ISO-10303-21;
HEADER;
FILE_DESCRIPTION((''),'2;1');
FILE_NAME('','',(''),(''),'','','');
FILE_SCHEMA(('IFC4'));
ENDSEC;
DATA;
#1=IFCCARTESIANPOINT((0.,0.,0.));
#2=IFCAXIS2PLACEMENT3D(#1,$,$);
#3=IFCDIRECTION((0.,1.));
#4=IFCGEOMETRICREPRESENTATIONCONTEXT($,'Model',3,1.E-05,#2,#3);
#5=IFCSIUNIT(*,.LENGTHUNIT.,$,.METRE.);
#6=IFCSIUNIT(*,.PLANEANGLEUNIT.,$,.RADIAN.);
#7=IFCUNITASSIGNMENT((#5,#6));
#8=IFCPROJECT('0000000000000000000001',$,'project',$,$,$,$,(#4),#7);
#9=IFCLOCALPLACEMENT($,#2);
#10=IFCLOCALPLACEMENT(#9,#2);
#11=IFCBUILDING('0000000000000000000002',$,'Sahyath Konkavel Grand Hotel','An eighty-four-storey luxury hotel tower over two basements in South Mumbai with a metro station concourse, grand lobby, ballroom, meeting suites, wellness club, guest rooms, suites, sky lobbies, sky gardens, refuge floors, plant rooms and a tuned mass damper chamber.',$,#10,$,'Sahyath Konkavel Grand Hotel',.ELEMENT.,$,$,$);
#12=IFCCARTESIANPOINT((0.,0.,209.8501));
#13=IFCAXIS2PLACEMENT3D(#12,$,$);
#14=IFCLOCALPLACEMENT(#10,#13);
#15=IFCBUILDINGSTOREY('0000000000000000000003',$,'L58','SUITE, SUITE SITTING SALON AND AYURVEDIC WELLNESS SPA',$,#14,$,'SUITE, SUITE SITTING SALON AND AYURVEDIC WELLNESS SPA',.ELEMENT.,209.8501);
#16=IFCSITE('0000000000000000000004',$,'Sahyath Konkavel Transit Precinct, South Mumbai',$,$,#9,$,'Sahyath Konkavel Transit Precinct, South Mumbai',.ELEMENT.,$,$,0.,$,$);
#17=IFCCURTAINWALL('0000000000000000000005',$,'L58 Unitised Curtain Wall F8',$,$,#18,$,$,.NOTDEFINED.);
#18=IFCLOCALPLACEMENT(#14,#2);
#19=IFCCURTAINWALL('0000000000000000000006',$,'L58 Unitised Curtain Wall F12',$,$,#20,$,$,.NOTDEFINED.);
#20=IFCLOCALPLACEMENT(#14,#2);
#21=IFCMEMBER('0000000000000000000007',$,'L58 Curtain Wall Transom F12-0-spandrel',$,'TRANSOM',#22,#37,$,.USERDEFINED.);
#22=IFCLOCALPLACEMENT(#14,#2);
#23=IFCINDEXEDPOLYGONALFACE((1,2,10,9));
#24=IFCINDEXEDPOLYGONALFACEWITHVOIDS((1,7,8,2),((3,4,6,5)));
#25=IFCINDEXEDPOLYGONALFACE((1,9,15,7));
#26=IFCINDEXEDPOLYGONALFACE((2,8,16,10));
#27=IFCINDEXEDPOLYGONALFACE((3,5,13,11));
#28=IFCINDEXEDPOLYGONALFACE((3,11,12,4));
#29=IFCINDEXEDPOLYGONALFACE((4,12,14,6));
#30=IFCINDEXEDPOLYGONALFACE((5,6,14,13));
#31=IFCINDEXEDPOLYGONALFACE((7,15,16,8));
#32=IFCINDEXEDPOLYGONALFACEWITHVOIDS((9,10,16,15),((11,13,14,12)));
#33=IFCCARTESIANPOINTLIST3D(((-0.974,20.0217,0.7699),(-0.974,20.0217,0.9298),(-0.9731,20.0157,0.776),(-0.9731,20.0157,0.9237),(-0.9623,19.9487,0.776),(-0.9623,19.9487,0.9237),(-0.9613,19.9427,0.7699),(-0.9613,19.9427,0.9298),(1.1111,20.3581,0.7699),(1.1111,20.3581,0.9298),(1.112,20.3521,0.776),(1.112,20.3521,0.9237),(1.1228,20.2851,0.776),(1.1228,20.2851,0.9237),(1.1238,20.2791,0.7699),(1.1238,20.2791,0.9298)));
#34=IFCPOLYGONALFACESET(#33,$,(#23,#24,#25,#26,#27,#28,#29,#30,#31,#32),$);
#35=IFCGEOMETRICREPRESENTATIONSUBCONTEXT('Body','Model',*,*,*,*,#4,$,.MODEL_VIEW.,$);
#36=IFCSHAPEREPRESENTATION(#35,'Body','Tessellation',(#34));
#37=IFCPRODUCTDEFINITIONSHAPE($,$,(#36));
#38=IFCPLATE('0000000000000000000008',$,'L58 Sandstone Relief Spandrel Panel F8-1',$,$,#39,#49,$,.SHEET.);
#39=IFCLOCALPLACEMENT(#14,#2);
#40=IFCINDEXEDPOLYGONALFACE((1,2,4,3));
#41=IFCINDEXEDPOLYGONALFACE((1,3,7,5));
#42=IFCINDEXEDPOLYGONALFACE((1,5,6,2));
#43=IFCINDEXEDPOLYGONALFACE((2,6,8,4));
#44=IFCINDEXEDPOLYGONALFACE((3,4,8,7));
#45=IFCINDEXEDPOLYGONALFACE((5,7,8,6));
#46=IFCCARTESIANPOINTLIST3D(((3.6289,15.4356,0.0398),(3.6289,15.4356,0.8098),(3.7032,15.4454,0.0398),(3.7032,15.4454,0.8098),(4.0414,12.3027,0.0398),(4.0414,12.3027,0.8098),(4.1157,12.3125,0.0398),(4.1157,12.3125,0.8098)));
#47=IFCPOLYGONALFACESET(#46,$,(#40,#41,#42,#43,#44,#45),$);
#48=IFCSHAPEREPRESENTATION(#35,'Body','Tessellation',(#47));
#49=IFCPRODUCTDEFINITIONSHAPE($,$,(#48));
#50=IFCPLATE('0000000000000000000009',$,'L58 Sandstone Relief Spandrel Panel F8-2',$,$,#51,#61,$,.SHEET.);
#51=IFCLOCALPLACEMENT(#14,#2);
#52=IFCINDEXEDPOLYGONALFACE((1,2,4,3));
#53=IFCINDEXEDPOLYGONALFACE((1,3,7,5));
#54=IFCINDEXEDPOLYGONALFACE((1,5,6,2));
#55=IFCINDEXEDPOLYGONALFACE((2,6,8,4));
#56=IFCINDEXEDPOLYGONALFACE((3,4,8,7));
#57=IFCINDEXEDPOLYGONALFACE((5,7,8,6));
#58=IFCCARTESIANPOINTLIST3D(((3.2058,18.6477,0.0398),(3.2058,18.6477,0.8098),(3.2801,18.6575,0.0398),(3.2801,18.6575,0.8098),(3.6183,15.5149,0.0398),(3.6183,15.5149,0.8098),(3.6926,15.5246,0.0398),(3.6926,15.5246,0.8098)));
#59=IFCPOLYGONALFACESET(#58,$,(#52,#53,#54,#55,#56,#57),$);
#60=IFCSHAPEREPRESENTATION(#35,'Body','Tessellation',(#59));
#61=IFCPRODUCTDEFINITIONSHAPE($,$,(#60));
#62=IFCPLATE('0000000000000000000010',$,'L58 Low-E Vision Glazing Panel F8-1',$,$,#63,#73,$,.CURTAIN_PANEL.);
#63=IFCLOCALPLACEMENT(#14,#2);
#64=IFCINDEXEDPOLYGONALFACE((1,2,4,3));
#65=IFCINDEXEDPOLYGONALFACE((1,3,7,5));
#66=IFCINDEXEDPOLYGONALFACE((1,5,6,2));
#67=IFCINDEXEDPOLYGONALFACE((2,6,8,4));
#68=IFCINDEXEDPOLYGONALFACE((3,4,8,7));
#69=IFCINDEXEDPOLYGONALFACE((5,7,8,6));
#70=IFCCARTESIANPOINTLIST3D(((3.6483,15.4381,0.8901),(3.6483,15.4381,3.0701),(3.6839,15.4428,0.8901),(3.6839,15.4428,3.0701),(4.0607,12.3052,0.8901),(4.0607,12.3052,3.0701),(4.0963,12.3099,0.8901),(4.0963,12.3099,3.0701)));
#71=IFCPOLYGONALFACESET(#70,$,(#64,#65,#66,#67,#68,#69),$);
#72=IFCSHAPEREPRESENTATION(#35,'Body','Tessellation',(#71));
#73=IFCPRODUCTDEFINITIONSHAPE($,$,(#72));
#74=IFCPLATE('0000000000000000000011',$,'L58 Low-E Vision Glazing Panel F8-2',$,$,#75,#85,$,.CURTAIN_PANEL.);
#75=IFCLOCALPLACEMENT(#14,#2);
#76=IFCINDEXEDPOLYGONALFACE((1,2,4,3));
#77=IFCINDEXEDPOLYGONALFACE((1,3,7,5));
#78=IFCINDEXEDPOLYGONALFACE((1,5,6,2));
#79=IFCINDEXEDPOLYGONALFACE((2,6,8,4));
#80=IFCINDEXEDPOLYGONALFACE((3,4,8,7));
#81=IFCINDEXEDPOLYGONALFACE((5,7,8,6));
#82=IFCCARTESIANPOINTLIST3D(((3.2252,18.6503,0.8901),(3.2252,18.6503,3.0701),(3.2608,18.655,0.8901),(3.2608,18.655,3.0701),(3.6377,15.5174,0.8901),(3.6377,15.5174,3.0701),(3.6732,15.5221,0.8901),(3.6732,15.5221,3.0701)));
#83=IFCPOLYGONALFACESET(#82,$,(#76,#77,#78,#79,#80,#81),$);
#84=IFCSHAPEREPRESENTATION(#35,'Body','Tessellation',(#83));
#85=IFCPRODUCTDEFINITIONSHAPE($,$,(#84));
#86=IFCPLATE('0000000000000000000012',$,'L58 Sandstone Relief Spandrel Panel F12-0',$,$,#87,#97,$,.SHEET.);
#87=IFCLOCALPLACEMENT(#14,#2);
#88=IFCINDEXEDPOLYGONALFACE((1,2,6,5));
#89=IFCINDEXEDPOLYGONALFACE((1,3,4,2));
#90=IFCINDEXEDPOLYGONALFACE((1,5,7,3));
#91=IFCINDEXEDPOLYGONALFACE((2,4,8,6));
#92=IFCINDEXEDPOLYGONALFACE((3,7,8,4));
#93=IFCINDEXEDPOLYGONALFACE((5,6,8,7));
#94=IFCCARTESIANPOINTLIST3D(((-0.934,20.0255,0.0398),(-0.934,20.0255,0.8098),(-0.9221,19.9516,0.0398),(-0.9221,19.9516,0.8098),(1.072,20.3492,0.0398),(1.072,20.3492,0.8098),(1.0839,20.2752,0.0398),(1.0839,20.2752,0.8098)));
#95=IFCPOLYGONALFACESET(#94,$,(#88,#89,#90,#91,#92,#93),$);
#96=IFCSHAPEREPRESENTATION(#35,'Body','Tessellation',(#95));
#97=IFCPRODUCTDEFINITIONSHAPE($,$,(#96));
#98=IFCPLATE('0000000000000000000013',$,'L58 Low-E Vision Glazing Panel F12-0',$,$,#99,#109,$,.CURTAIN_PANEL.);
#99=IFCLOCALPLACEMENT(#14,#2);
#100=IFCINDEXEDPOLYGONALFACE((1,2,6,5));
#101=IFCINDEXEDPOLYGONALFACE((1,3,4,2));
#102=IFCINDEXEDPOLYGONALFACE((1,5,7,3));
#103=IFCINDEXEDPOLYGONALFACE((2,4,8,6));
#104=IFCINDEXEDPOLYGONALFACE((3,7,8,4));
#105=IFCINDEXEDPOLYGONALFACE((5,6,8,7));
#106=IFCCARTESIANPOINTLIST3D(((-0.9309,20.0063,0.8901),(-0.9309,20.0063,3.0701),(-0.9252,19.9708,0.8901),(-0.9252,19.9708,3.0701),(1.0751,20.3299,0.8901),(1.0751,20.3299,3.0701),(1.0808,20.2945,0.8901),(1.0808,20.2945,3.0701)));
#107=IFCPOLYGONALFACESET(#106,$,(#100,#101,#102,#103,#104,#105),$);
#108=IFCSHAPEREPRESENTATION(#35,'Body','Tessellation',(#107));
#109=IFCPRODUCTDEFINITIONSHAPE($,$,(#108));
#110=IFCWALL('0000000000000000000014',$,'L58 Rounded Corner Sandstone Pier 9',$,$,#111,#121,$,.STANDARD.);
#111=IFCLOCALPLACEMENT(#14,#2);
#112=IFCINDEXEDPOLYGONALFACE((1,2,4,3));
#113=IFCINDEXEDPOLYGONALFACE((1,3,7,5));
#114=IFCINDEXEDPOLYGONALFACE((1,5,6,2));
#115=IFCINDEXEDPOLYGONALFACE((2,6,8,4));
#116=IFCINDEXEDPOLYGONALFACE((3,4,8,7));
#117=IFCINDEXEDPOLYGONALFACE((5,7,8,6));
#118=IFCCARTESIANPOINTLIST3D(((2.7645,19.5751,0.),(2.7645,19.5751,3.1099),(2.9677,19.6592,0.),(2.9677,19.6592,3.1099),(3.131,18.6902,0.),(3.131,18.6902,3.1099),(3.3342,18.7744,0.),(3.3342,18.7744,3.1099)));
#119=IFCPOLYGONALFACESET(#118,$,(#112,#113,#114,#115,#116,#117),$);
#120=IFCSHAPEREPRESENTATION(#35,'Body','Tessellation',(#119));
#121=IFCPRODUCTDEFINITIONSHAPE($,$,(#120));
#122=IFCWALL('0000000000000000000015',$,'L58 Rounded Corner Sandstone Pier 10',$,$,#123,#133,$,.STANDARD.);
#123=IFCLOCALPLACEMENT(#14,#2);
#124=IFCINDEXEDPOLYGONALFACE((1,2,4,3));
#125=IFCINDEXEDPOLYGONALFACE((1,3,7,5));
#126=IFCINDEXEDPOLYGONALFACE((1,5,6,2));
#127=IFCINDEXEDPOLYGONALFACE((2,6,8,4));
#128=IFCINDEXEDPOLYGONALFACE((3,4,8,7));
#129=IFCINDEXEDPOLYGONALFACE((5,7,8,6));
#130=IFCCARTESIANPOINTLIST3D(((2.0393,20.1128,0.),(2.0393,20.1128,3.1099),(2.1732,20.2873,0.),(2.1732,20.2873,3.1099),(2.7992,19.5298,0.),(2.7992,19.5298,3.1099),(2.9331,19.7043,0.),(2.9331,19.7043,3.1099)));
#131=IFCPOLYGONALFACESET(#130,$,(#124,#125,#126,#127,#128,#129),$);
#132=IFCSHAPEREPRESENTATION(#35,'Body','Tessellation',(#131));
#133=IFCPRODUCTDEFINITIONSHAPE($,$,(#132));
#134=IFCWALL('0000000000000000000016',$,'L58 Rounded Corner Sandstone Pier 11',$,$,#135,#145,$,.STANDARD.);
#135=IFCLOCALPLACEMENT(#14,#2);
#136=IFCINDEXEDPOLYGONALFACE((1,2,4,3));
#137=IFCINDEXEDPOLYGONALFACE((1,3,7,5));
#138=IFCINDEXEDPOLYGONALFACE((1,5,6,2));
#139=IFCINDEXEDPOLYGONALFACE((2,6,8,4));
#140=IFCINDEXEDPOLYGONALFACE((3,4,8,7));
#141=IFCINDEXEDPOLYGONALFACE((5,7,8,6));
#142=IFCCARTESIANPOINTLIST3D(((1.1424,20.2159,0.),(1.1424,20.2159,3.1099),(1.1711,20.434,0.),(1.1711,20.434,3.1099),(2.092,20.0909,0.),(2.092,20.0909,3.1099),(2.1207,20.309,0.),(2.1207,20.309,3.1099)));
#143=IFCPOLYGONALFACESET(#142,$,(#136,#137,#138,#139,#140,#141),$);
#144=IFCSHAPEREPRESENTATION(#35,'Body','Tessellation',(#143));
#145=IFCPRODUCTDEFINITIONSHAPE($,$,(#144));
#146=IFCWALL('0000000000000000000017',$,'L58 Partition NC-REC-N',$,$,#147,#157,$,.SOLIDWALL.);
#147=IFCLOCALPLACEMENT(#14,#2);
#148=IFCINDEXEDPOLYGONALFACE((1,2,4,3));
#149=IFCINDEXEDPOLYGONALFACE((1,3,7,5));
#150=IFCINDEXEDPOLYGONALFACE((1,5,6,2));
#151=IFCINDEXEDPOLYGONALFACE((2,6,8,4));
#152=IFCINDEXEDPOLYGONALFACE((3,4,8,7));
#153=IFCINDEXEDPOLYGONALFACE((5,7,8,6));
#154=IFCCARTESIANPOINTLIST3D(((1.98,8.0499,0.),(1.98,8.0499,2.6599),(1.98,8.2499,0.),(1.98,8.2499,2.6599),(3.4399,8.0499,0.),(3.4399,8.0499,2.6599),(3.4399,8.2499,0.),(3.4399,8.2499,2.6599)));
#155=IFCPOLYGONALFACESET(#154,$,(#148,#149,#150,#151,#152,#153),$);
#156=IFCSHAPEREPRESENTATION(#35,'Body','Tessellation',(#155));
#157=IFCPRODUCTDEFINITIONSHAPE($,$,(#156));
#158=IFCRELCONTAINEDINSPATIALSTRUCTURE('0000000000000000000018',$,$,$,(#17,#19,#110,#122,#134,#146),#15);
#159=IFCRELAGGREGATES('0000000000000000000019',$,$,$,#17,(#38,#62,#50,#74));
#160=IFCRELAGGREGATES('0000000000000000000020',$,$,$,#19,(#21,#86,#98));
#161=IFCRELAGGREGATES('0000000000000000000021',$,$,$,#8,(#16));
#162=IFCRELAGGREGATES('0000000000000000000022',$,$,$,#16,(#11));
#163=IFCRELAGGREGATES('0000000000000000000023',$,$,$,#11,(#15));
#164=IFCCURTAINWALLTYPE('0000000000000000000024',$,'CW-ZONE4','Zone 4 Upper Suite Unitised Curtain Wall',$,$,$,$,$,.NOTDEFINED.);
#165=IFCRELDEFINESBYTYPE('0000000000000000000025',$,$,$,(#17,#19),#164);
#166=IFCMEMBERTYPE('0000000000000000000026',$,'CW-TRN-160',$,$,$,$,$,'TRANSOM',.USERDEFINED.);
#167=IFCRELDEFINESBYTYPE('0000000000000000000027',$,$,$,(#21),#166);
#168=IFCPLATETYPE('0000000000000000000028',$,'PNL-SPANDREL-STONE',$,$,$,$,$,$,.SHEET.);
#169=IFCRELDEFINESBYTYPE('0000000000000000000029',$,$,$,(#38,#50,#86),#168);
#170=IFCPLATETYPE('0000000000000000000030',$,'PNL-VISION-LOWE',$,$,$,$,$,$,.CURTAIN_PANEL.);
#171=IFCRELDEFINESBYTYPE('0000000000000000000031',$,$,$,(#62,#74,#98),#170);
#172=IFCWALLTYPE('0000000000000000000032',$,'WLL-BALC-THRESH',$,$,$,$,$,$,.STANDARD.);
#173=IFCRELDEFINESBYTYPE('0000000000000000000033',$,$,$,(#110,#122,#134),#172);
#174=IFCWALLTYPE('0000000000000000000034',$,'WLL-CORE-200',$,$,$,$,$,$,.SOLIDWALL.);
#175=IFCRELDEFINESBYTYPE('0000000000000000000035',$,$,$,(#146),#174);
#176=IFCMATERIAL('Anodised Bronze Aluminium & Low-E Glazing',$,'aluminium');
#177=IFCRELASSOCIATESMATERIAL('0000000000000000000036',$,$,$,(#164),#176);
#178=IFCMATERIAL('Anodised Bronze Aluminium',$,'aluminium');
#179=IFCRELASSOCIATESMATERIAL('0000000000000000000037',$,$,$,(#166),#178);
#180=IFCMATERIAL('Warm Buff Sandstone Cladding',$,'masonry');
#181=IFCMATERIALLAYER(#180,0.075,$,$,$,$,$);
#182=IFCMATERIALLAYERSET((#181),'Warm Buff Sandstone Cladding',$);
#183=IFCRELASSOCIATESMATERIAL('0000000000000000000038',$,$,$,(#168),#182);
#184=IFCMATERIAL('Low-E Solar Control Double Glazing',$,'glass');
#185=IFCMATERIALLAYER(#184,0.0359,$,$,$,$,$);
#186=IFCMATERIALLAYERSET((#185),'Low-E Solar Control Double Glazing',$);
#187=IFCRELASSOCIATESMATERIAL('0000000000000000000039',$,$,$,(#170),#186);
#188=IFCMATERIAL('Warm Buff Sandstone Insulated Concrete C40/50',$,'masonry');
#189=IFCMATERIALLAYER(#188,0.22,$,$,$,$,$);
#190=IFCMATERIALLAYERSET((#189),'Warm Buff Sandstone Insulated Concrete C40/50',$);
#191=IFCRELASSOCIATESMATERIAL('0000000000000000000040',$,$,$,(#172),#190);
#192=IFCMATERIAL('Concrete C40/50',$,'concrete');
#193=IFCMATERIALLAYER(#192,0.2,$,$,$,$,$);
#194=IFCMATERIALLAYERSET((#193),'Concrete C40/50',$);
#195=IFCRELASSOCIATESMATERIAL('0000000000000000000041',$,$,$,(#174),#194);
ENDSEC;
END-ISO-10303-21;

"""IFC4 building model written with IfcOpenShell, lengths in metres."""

from ifc_helpers import new_model, si_unit, direction, frame, frame_2d, origin, origin_2d, place, context, subcontext, project, spatial, rectangle, hollow_rectangle, extrude, source, transform, mapped, material, layer, layer_set, material_profile, profile_set, type_object, element, aggregate, save


model = new_model("IFC4")

# Units and contexts
model_context = context("Model", 3, precision=1e-05, world=origin(), true_north=direction((0.0, 1.0)))
body_context = subcontext(model_context, "Body", "Model", "MODEL_VIEW")
ifc_project = project(units=[si_unit("LENGTHUNIT", "METRE"), si_unit("PLANEANGLEUNIT", "RADIAN")], contexts=[model_context])

# Site, building, storey
site_placement = place(None, origin())
site = spatial("IfcSite", under=ifc_project, at=site_placement, Name="Sahyath Konkavel Transit Precinct, South Mumbai", LongName="Sahyath Konkavel Transit Precinct, South Mumbai", CompositionType="ELEMENT", RefElevation=0.0)
building_placement = place(site_placement, origin())
building = spatial("IfcBuilding", under=site, at=building_placement, Name="Sahyath Konkavel Grand Hotel", Description="An eighty-four-storey luxury hotel tower over two basements in South Mumbai with a metro station concourse, grand lobby, ballroom, meeting suites, wellness club, guest rooms, suites, sky lobbies, sky gardens, refuge floors, plant rooms and a tuned mass damper chamber.", LongName="Sahyath Konkavel Grand Hotel", CompositionType="ELEMENT")
storey_placement = place(building_placement, frame((0.0, 0.0, 209.8501)))
storey = spatial("IfcBuildingStorey", under=building, at=storey_placement, Name="L58", Description="SUITE, SUITE SITTING SALON AND AYURVEDIC WELLNESS SPA", LongName="SUITE, SUITE SITTING SALON AND AYURVEDIC WELLNESS SPA", CompositionType="ELEMENT", Elevation=209.8501)

# Shared definitions
ifc_material_1 = material(Name="Concrete C40/50", Category="concrete")

# Curtain wall
ifc_material_2 = material(Name="Anodised Bronze Aluminium & Low-E Glazing", Category="aluminium")
curtain_wall_type = type_object("IfcCurtainWallType", Name="CW-ZONE4", Description="Zone 4 Upper Suite Unitised Curtain Wall", PredefinedType="NOTDEFINED", material=ifc_material_2)
curtain_wall_1_placement = place(storey_placement, origin())
curtain_wall_1 = element("IfcCurtainWall", 1, at=curtain_wall_1_placement, inside=storey, type_object=curtain_wall_type, Name="L58 Unitised Curtain Wall F8", PredefinedType="NOTDEFINED")
ifc_material_3 = material(Name="Anodised Bronze Aluminium", Category="aluminium")

# Curtain wall
curtain_wall_2_placement = place(storey_placement, origin())
curtain_wall_2 = element("IfcCurtainWall", 2, at=curtain_wall_2_placement, inside=storey, type_object=curtain_wall_type, Name="L58 Unitised Curtain Wall F12", PredefinedType="NOTDEFINED")

# Member
ifc_material_profile_1 = material_profile(ifc_material_3, hollow_rectangle(XDim=0.0801, YDim=0.1599, WallThickness=0.0061, at=origin_2d()), Name="RHS 160x80x6")
ifc_profile_set_1 = profile_set([ifc_material_profile_1], Name="Anodised Bronze Aluminium")
member_type_1 = type_object("IfcMemberType", Name="CW-TRN-160", ElementType="TRANSOM", PredefinedType="USERDEFINED", material=ifc_profile_set_1)
shared_shape_1 = source(origin(), body_context, "Body", "SweptSolid", [
    extrude(hollow_rectangle(XDim=0.0801, YDim=0.1599, WallThickness=0.0061, at=origin_2d()), origin(), (0.0, 0.0, 1.0), 2.1121),
])
member_1_placement = place(storey_placement, frame((1.1174, 20.3186, 0.8499), z_axis=(-0.987233, -0.15928, 0.0), x_axis=(0.15928, -0.987233, 0.0)))
member_1 = element("IfcMember", 3, at=member_1_placement, type_object=member_type_1, Name="L58 Curtain Wall Transom F12-0-spandrel", ObjectType="TRANSOM", PredefinedType="USERDEFINED", context=body_context, shape_type="MappedRepresentation", body=[
    mapped(shared_shape_1, transform((0.0, 0.0, 0.0), scale=1.0)),
])

# Plates
ifc_material_4 = material(Name="Warm Buff Sandstone Cladding", Category="masonry")
ifc_layer_1 = layer(ifc_material_4, 0.075)
ifc_layer_set_1 = layer_set([ifc_layer_1], Name="Warm Buff Sandstone Cladding")
plate_type_1 = type_object("IfcPlateType", Name="PNL-SPANDREL-STONE", PredefinedType="SHEET", material=ifc_layer_set_1)
shared_shape_2 = source(origin(), body_context, "Body", "SweptSolid", [
    extrude(rectangle(XDim=3.1599, YDim=0.075, at=origin_2d()), origin(), (0.0, 0.0, 1.0), 0.77),
])
plate_1_placement = place(storey_placement, frame((3.8723, 13.874, 0.0398), z_axis=(0.0, 0.0, 1.0), x_axis=(-0.130526, 0.991445, 0.0)))
plate_1 = element("IfcPlate", 4, at=plate_1_placement, type_object=plate_type_1, Name="L58 Sandstone Relief Spandrel Panel F8-1", PredefinedType="SHEET", context=body_context, shape_type="MappedRepresentation", body=[
    mapped(shared_shape_2, transform((0.0, 0.0, 0.0), scale=1.0)),
])
plate_2_placement = place(storey_placement, frame((3.4492, 17.0862, 0.0398), z_axis=(0.0, 0.0, 1.0), x_axis=(-0.130526, 0.991445, 0.0)))
plate_2 = element("IfcPlate", 5, at=plate_2_placement, type_object=plate_type_1, Name="L58 Sandstone Relief Spandrel Panel F8-2", PredefinedType="SHEET", context=body_context, shape_type="MappedRepresentation", body=[
    mapped(shared_shape_2, transform((0.0, 0.0, 0.0), scale=1.0)),
])
ifc_material_5 = material(Name="Low-E Solar Control Double Glazing", Category="glass")
ifc_layer_2 = layer(ifc_material_5, 0.0359)
ifc_layer_set_2 = layer_set([ifc_layer_2], Name="Low-E Solar Control Double Glazing")
plate_type_2 = type_object("IfcPlateType", Name="PNL-VISION-LOWE", PredefinedType="CURTAIN_PANEL", material=ifc_layer_set_2)
shared_shape_3 = source(origin(), body_context, "Body", "SweptSolid", [
    extrude(rectangle(XDim=3.1599, YDim=0.0359, at=origin_2d()), origin(), (0.0, 0.0, 1.0), 2.1799),
])
plate_3_placement = place(storey_placement, frame((3.8723, 13.874, 0.8901), z_axis=(0.0, 0.0, 1.0), x_axis=(-0.130526, 0.991445, 0.0)))
plate_3 = element("IfcPlate", 6, at=plate_3_placement, type_object=plate_type_2, Name="L58 Low-E Vision Glazing Panel F8-1", PredefinedType="CURTAIN_PANEL", context=body_context, shape_type="MappedRepresentation", body=[
    mapped(shared_shape_3, transform((0.0, 0.0, 0.0), scale=1.0)),
])
plate_4_placement = place(storey_placement, frame((3.4492, 17.0862, 0.8901), z_axis=(0.0, 0.0, 1.0), x_axis=(-0.130526, 0.991445, 0.0)))
plate_4 = element("IfcPlate", 7, at=plate_4_placement, type_object=plate_type_2, Name="L58 Low-E Vision Glazing Panel F8-2", PredefinedType="CURTAIN_PANEL", context=body_context, shape_type="MappedRepresentation", body=[
    mapped(shared_shape_3, transform((0.0, 0.0, 0.0), scale=1.0)),
])
aggregate(curtain_wall_1, [plate_1, plate_3, plate_2, plate_4])
shared_shape_4 = source(origin(), body_context, "Body", "SweptSolid", [
    extrude(rectangle(XDim=2.032, YDim=0.075, at=origin_2d()), origin(), (0.0, 0.0, 1.0), 0.77),
])
plate_5_placement = place(storey_placement, frame((0.075, 20.1504, 0.0398), z_axis=(0.0, 0.0, 1.0), x_axis=(-0.987231, -0.159295, 0.0)))
plate_5 = element("IfcPlate", 8, at=plate_5_placement, type_object=plate_type_1, Name="L58 Sandstone Relief Spandrel Panel F12-0", PredefinedType="SHEET", context=body_context, shape_type="MappedRepresentation", body=[
    mapped(shared_shape_4, transform((0.0, 0.0, 0.0), scale=1.0)),
])
shared_shape_5 = source(origin(), body_context, "Body", "SweptSolid", [
    extrude(rectangle(XDim=2.032, YDim=0.0359, at=origin_2d()), origin(), (0.0, 0.0, 1.0), 2.1799),
])
plate_6_placement = place(storey_placement, frame((0.075, 20.1504, 0.8901), z_axis=(0.0, 0.0, 1.0), x_axis=(-0.987231, -0.159295, 0.0)))
plate_6 = element("IfcPlate", 9, at=plate_6_placement, type_object=plate_type_2, Name="L58 Low-E Vision Glazing Panel F12-0", PredefinedType="CURTAIN_PANEL", context=body_context, shape_type="MappedRepresentation", body=[
    mapped(shared_shape_5, transform((0.0, 0.0, 0.0), scale=1.0)),
])
aggregate(curtain_wall_2, [member_1, plate_5, plate_6])

# Walls
ifc_material_6 = material(Name="Warm Buff Sandstone Insulated Concrete C40/50", Category="masonry")
ifc_layer_3 = layer(ifc_material_6, 0.22)
ifc_layer_set_3 = layer_set([ifc_layer_3], Name="Warm Buff Sandstone Insulated Concrete C40/50")
wall_type_1 = type_object("IfcWallType", Name="WLL-BALC-THRESH", PredefinedType="STANDARD", material=ifc_layer_set_3)
for number, where, z_axis, x_axis, name in (
    (10, (3.2327, 18.7322, 0.0), (0.0, 0.0, 1.0), (-0.38266, 0.923889, 0.0), "L58 Rounded Corner Sandstone Pier 9"),
    (11, (2.8662, 19.6169, 0.0), (0.0, 0.0, 1.0), (-0.793344, 0.608774, 0.0), "L58 Rounded Corner Sandstone Pier 10"),
    (12, (2.1064, 20.2, 0.0), (0.0, 0.0, 1.0), (-0.991445, 0.130527, 0.0), "L58 Rounded Corner Sandstone Pier 11"),
):
    element("IfcWall", number, at=place(storey_placement, frame(where, z_axis=z_axis, x_axis=x_axis)), inside=storey, type_object=wall_type_1, Name=name, PredefinedType="STANDARD", context=body_context, shape_type="SweptSolid", body=[
        extrude(rectangle(XDim=0.9578, YDim=0.22, at=frame_2d((0.479, 0.0))), origin(), (0.0, 0.0, 1.0), 3.1099),
    ])
ifc_layer_4 = layer(ifc_material_1, 0.2)
ifc_layer_set_4 = layer_set([ifc_layer_4], Name="Concrete C40/50")
wall_type_2 = type_object("IfcWallType", Name="WLL-CORE-200", PredefinedType="SOLIDWALL", material=ifc_layer_set_4)
wall_1_placement = place(storey_placement, frame((1.98, 8.1499, 0.0), z_axis=(0.0, 0.0, 1.0), x_axis=(1.0, 0.0, 0.0)))
element("IfcWall", 13, at=wall_1_placement, inside=storey, type_object=wall_type_2, Name="L58 Partition NC-REC-N", PredefinedType="SOLIDWALL", context=body_context, shape_type="SweptSolid", body=[
    extrude(rectangle(XDim=1.46, YDim=0.2, at=frame_2d((0.73, 0.0))), origin(), (0.0, 0.0, 1.0), 2.6599),
])

save(model, "model.ifc")
